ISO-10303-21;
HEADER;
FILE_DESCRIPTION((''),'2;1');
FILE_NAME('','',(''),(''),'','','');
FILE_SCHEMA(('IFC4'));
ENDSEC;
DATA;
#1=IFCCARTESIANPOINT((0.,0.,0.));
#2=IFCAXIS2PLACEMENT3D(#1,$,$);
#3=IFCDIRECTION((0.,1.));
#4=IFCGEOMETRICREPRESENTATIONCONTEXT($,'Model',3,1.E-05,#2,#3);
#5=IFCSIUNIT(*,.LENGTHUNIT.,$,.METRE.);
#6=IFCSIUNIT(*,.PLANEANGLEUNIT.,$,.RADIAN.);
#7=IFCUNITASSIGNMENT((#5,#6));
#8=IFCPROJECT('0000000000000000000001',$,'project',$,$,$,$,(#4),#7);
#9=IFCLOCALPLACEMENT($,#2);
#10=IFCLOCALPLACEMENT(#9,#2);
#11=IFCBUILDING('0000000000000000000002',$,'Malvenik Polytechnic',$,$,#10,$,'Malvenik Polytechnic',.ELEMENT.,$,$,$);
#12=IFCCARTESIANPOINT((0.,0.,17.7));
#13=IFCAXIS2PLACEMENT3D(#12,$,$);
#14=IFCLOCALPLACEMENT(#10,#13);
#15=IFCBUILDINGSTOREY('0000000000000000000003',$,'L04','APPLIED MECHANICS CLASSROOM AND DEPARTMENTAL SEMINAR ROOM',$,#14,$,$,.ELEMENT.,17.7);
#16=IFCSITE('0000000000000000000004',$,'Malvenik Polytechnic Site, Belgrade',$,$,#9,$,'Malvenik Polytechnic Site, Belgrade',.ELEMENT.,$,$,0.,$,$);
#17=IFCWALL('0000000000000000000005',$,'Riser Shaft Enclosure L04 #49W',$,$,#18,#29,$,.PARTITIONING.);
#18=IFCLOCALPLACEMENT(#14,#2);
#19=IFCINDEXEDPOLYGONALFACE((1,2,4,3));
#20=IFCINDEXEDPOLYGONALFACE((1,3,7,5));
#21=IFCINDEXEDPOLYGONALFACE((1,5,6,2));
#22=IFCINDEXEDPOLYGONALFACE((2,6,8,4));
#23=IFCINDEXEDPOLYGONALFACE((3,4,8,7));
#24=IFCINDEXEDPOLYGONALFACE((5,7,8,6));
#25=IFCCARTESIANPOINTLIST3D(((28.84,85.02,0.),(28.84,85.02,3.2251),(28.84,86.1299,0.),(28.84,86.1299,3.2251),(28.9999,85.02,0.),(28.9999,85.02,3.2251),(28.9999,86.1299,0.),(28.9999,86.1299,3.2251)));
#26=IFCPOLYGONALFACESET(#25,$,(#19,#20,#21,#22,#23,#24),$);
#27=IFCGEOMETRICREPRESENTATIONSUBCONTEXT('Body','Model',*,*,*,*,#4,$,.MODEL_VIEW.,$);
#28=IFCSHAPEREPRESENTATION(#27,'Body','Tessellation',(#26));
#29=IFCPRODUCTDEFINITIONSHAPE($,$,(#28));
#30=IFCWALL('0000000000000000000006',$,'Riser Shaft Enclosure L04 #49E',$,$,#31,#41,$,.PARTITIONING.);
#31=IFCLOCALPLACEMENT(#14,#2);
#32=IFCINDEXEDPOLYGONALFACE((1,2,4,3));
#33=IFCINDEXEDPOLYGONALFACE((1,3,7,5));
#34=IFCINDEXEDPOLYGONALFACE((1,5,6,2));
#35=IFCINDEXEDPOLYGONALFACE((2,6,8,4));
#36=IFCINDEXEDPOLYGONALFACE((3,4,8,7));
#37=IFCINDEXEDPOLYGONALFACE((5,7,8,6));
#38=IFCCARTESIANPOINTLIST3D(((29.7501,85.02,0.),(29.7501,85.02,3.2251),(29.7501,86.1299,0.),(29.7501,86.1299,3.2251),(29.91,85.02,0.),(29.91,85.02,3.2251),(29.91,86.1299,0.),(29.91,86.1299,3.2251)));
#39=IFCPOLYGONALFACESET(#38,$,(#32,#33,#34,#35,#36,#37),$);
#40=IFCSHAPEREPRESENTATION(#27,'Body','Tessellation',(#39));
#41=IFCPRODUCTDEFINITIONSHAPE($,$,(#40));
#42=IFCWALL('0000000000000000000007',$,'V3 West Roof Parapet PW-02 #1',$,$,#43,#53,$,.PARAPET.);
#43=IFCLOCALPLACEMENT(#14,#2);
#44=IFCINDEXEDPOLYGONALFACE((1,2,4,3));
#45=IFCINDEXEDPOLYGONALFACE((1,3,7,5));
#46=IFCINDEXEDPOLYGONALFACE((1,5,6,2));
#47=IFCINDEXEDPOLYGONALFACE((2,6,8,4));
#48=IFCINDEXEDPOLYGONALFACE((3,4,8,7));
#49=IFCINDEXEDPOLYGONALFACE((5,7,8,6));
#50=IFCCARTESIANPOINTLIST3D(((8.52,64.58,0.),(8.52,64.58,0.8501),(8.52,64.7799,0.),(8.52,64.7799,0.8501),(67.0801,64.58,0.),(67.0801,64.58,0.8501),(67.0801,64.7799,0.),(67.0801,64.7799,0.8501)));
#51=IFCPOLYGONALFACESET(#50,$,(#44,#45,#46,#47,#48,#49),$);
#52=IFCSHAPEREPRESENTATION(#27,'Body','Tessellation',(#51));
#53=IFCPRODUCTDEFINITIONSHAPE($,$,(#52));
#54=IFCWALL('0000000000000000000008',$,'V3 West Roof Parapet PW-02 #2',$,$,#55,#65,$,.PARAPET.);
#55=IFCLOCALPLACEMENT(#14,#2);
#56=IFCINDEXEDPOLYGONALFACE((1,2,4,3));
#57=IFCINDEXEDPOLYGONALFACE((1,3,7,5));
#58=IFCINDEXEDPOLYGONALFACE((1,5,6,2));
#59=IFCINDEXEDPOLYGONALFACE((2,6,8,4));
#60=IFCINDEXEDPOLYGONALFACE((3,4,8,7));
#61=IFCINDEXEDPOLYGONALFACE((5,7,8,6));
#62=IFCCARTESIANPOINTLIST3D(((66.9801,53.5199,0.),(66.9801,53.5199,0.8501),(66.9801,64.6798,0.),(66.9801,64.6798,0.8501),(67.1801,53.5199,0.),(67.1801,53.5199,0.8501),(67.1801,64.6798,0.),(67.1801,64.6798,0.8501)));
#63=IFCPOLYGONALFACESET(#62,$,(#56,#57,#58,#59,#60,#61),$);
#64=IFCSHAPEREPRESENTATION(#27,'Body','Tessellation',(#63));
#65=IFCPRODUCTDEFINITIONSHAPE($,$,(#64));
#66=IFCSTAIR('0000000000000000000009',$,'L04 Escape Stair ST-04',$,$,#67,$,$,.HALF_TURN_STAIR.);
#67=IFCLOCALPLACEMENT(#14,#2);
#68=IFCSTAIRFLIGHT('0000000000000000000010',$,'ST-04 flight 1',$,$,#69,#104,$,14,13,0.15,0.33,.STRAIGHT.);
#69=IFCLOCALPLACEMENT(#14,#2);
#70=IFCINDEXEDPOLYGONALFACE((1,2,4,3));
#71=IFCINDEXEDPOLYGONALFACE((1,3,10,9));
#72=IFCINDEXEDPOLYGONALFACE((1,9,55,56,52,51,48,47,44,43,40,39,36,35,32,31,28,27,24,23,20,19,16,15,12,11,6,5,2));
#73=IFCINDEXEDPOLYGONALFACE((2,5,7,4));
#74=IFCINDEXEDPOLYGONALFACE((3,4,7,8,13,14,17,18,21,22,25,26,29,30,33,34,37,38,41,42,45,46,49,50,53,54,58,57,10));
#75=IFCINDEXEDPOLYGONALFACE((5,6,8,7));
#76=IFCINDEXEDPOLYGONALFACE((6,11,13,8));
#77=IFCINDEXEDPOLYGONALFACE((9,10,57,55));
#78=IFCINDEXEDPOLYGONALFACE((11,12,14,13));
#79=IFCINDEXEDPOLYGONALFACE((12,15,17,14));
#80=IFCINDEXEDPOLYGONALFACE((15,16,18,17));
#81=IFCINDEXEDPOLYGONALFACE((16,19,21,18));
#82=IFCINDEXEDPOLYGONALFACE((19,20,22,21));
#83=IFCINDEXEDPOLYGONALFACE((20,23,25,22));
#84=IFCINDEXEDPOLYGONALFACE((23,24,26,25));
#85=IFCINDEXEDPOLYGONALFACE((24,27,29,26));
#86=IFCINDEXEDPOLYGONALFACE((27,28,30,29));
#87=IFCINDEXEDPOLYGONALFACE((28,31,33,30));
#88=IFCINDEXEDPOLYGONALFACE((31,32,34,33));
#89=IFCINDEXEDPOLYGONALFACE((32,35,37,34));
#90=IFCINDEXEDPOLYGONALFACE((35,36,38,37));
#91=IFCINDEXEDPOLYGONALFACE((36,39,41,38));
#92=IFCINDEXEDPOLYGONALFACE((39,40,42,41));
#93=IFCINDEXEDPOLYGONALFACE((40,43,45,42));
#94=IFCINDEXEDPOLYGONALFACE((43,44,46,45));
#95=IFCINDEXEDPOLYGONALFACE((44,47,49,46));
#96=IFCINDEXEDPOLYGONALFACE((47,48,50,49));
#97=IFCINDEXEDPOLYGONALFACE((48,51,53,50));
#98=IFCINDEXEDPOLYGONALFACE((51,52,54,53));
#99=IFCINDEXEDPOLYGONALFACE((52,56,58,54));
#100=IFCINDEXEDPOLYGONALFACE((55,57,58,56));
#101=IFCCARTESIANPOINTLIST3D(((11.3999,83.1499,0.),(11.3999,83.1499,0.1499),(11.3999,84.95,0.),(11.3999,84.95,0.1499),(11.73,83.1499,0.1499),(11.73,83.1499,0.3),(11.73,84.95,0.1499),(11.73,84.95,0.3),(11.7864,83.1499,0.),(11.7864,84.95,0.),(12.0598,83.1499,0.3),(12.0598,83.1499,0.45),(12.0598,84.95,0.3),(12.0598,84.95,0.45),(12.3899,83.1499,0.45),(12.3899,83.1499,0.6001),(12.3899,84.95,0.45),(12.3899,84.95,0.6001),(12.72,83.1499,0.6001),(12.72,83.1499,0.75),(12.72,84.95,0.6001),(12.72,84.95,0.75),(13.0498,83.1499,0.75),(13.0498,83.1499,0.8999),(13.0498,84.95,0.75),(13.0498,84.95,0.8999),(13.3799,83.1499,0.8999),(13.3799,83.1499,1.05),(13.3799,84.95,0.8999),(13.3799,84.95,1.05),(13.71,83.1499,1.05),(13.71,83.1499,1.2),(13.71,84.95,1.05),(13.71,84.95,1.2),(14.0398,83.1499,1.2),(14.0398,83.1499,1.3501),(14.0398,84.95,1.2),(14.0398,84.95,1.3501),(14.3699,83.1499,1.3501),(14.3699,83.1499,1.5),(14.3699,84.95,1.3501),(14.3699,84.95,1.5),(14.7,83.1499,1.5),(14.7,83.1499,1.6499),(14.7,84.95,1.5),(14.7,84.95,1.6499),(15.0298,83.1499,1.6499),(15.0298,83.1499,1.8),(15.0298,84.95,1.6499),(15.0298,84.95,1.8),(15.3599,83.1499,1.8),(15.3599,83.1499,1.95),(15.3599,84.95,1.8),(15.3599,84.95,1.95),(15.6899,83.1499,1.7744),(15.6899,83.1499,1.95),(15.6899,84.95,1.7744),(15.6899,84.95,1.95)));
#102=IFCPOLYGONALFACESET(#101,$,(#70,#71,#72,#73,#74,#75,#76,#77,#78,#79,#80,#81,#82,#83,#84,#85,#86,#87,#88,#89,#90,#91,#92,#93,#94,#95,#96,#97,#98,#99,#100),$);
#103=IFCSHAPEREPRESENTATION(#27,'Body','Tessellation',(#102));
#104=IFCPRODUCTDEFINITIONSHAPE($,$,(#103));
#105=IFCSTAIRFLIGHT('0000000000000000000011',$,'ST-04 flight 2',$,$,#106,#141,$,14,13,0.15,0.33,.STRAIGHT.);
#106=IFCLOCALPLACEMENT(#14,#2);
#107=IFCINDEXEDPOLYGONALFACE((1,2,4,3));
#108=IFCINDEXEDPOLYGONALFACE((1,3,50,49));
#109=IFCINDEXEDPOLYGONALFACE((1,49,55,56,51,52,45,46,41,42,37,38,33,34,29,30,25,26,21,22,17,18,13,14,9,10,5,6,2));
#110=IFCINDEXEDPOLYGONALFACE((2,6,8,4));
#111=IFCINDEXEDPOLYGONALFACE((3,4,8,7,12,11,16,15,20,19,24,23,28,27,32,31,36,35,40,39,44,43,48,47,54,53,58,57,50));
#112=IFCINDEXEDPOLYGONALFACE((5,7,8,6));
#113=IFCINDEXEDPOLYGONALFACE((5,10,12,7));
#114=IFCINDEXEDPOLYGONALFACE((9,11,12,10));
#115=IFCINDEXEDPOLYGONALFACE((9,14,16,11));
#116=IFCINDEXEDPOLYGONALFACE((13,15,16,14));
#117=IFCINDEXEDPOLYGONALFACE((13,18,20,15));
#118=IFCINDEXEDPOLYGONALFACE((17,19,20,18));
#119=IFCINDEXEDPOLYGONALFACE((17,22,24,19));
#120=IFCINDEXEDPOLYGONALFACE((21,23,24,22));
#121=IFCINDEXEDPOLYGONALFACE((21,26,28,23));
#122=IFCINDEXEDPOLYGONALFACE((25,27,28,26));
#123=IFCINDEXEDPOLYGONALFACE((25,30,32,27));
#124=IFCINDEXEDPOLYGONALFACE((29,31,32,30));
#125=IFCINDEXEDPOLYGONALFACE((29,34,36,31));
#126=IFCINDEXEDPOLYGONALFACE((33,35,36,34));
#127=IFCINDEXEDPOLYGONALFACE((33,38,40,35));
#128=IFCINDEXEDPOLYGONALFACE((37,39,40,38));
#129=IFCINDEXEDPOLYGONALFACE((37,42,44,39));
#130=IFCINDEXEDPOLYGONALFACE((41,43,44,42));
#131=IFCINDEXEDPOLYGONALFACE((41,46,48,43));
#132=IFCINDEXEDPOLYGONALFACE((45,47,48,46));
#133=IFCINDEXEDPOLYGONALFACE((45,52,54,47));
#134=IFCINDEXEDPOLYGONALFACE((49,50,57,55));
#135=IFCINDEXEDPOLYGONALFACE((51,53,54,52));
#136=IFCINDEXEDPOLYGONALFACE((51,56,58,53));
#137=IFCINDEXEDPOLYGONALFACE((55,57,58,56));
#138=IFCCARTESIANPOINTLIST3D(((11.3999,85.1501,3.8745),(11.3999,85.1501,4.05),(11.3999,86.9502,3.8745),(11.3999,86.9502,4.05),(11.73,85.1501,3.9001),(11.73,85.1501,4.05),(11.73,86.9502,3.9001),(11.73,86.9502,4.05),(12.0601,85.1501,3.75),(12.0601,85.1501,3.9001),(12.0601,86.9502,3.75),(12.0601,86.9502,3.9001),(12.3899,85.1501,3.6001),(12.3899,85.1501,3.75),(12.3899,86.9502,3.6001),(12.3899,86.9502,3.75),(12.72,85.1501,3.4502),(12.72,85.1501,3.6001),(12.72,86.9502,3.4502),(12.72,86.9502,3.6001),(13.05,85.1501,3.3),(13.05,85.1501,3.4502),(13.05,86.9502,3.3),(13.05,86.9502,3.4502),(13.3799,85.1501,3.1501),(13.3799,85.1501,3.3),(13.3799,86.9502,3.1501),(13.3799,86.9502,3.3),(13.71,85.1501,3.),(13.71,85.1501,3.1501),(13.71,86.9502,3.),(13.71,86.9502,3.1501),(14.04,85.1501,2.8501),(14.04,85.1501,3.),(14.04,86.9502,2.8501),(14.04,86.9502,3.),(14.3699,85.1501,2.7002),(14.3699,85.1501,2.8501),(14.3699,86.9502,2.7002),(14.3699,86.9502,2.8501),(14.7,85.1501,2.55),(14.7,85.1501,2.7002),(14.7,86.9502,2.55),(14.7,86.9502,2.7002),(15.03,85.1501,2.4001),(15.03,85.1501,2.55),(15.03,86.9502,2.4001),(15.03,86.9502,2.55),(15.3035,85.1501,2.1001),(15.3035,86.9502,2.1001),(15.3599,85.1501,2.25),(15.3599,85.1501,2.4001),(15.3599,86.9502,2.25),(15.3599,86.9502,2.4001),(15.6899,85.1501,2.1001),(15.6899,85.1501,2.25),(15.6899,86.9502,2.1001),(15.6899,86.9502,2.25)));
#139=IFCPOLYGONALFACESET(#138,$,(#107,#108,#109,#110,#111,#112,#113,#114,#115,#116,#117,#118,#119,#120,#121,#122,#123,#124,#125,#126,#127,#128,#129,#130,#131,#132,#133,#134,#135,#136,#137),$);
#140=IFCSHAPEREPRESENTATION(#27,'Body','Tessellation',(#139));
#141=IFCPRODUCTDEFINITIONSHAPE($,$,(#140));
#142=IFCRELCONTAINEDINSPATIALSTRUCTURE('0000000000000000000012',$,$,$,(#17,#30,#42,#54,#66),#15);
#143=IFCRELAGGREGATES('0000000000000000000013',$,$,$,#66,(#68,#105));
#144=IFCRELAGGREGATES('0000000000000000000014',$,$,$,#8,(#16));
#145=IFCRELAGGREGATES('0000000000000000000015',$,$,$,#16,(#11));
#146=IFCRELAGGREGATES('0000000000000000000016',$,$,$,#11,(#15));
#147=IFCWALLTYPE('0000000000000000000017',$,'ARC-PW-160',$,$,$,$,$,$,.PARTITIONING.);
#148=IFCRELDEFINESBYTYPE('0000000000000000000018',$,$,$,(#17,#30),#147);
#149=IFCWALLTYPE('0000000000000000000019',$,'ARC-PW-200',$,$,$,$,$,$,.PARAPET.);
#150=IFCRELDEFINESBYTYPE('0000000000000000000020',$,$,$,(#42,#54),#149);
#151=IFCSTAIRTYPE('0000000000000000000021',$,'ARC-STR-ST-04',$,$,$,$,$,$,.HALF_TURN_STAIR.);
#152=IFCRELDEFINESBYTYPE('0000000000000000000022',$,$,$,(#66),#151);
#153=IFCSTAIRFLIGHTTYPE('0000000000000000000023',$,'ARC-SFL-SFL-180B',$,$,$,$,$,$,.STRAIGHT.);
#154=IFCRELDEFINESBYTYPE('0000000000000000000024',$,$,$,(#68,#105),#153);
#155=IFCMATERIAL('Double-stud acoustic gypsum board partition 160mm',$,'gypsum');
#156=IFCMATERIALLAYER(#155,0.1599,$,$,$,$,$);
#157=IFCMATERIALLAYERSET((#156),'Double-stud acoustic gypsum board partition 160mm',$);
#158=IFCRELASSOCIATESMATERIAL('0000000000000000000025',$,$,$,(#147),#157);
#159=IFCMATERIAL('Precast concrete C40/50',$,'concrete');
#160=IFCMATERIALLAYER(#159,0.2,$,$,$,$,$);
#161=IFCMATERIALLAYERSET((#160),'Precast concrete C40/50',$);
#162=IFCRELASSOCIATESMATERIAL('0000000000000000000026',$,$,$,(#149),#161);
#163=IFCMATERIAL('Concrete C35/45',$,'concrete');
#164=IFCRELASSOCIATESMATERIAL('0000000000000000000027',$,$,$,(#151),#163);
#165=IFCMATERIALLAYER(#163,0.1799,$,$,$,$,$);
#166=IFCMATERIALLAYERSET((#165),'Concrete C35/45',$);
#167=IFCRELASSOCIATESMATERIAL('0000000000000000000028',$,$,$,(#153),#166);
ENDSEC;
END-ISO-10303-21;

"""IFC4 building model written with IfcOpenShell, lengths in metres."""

from ifc_helpers import new_model, si_unit, direction, frame, frame_2d, origin, place, context, subcontext, project, spatial, polyline, rectangle, outline, extrude, material, layer, layer_set, type_object, element, aggregate, save


model = new_model("IFC4")

# Units and contexts
model_context = context("Model", 3, precision=1e-05, world=origin(), true_north=direction((0.0, 1.0)))
body_context = subcontext(model_context, "Body", "Model", "MODEL_VIEW")
ifc_project = project(units=[si_unit("LENGTHUNIT", "METRE"), si_unit("PLANEANGLEUNIT", "RADIAN")], contexts=[model_context])

# Site, building, storey
site_placement = place(None, origin())
site = spatial("IfcSite", under=ifc_project, at=site_placement, Name="Malvenik Polytechnic Site, Belgrade", LongName="Malvenik Polytechnic Site, Belgrade", CompositionType="ELEMENT", RefElevation=0.0)
building_placement = place(site_placement, origin())
building = spatial("IfcBuilding", under=site, at=building_placement, Name="Malvenik Polytechnic", LongName="Malvenik Polytechnic", CompositionType="ELEMENT")
storey_placement = place(building_placement, frame((0.0, 0.0, 17.7)))
storey = spatial("IfcBuildingStorey", under=building, at=storey_placement, Name="L04", Description="APPLIED MECHANICS CLASSROOM AND DEPARTMENTAL SEMINAR ROOM", CompositionType="ELEMENT", Elevation=17.7)

# Shared definitions
ifc_material_1 = material(Name="Concrete C35/45", Category="concrete")

# Walls
ifc_material_2 = material(Name="Double-stud acoustic gypsum board partition 160mm", Category="gypsum")
ifc_layer_1 = layer(ifc_material_2, 0.1599)
ifc_layer_set_1 = layer_set([ifc_layer_1], Name="Double-stud acoustic gypsum board partition 160mm")
wall_type_1 = type_object("IfcWallType", Name="ARC-PW-160", PredefinedType="PARTITIONING", material=ifc_layer_set_1)
for number, where, z_axis, x_axis, name in (
    (1, (28.9199, 86.1299, 0.0), (0.0, 0.0, 1.0), (0.0, -1.0, 0.0), "Riser Shaft Enclosure L04 #49W"),
    (2, (29.8301, 85.02, 0.0), (0.0, 0.0, 1.0), (0.0, 1.0, 0.0), "Riser Shaft Enclosure L04 #49E"),
):
    element("IfcWall", number, at=place(storey_placement, frame(where, z_axis=z_axis, x_axis=x_axis)), inside=storey, type_object=wall_type_1, Name=name, PredefinedType="PARTITIONING", context=body_context, shape_type="SweptSolid", body=[
        extrude(rectangle(XDim=1.1099, YDim=0.1599, at=frame_2d((0.5549, 0.0))), origin(), (0.0, 0.0, 1.0), 3.2251),
    ])
ifc_material_3 = material(Name="Precast concrete C40/50", Category="concrete")
ifc_layer_2 = layer(ifc_material_3, 0.2)
ifc_layer_set_2 = layer_set([ifc_layer_2], Name="Precast concrete C40/50")
wall_type_2 = type_object("IfcWallType", Name="ARC-PW-200", PredefinedType="PARAPET", material=ifc_layer_set_2)
wall_1_placement = place(storey_placement, frame((8.52, 64.6799, 0.0), z_axis=(0.0, 0.0, 1.0), x_axis=(1.0, 0.0, 0.0)))
element("IfcWall", 3, at=wall_1_placement, inside=storey, type_object=wall_type_2, Name="V3 West Roof Parapet PW-02 #1", PredefinedType="PARAPET", context=body_context, shape_type="SweptSolid", body=[
    extrude(rectangle(XDim=58.5601, YDim=0.2, at=frame_2d((29.28, 0.0))), origin(), (0.0, 0.0, 1.0), 0.8501),
])
wall_2_placement = place(storey_placement, frame((67.0801, 64.6799, 0.0), z_axis=(0.0, 0.0, 1.0), x_axis=(0.0, -1.0, 0.0)))
element("IfcWall", 4, at=wall_2_placement, inside=storey, type_object=wall_type_2, Name="V3 West Roof Parapet PW-02 #2", PredefinedType="PARAPET", context=body_context, shape_type="SweptSolid", body=[
    extrude(rectangle(XDim=11.1599, YDim=0.2, at=frame_2d((5.5801, 0.0))), origin(), (0.0, 0.0, 1.0), 0.8501),
])

# Stair, stair flights
stair_type = type_object("IfcStairType", Name="ARC-STR-ST-04", PredefinedType="HALF_TURN_STAIR", material=ifc_material_1)
stair_placement = place(storey_placement, origin())
stair = element("IfcStair", 5, at=stair_placement, inside=storey, type_object=stair_type, Name="L04 Escape Stair ST-04", PredefinedType="HALF_TURN_STAIR")
ifc_layer_3 = layer(ifc_material_1, 0.1799)
ifc_layer_set_3 = layer_set([ifc_layer_3], Name="Concrete C35/45")
stair_flight_type = type_object("IfcStairFlightType", Name="ARC-SFL-SFL-180B", PredefinedType="STRAIGHT", material=ifc_layer_set_3)
stair_flight_1_placement = place(storey_placement, frame((11.3999, 84.05, 0.0), z_axis=(0.0, 0.0, 1.0), x_axis=(1.0, 0.0, 0.0)))
stair_flight_1 = element("IfcStairFlight", 6, at=stair_flight_1_placement, type_object=stair_flight_type, Name="ST-04 flight 1", NumberOfRisers=14, NumberOfTreads=13, PredefinedType="STRAIGHT", RiserHeight=0.15, TreadLength=0.33, context=body_context, shape_type="SweptSolid", body=[
    extrude(outline(polyline([(0.0, 0.0), (0.0, 0.1499), (0.3301, 0.1499), (0.3301, 0.3), (0.6599, 0.3), (0.6599, 0.45), (0.99, 0.45), (0.99, 0.6001), (1.3201, 0.6001), (1.3201, 0.75), (1.6499, 0.75), (1.6499, 0.8999), (1.98, 0.8999), (1.98, 1.05), (2.3101, 1.05), (2.3101, 1.2), (2.6399, 1.2), (2.6399, 1.3501), (2.97, 1.3501), (2.97, 1.5), (3.3, 1.5), (3.3, 1.6499), (3.6299, 1.6499), (3.6299, 1.8), (3.96, 1.8), (3.96, 1.95), (4.29, 1.95), (4.29, 2.1001), (4.29, 1.7744), (0.3865, 0.0), (0.0, 0.0)])), frame((0.0, 0.8999, 0.0), z_axis=(0.0, -1.0, 0.0), x_axis=(1.0, 0.0, 0.0)), (0.0, 0.0, 1.0), 1.8),
])
stair_flight_2_placement = place(storey_placement, frame((15.6899, 86.05, 2.1001), z_axis=(0.0, 0.0, 1.0), x_axis=(-1.0, 0.0, 0.0)))
stair_flight_2 = element("IfcStairFlight", 7, at=stair_flight_2_placement, type_object=stair_flight_type, Name="ST-04 flight 2", NumberOfRisers=14, NumberOfTreads=13, PredefinedType="STRAIGHT", RiserHeight=0.15, TreadLength=0.33, context=body_context, shape_type="SweptSolid", body=[
    extrude(outline(polyline([(0.0, 0.0), (0.0, 0.1499), (0.3301, 0.1499), (0.3301, 0.3), (0.6599, 0.3), (0.6599, 0.45), (0.99, 0.45), (0.99, 0.6001), (1.3201, 0.6001), (1.3201, 0.75), (1.6499, 0.75), (1.6499, 0.8999), (1.98, 0.8999), (1.98, 1.05), (2.3101, 1.05), (2.3101, 1.2), (2.6399, 1.2), (2.6399, 1.3501), (2.97, 1.3501), (2.97, 1.5), (3.3, 1.5), (3.3, 1.6499), (3.6299, 1.6499), (3.6299, 1.8), (3.96, 1.8), (3.96, 1.95), (4.29, 1.95), (4.29, 2.1001), (4.29, 1.7744), (0.3865, 0.0), (0.0, 0.0)])), frame((0.0, 0.8999, 0.0), z_axis=(0.0, -1.0, 0.0), x_axis=(1.0, 0.0, 0.0)), (0.0, 0.0, 1.0), 1.8),
])
aggregate(stair, [stair_flight_1, stair_flight_2])

save(model, "model.ifc")
